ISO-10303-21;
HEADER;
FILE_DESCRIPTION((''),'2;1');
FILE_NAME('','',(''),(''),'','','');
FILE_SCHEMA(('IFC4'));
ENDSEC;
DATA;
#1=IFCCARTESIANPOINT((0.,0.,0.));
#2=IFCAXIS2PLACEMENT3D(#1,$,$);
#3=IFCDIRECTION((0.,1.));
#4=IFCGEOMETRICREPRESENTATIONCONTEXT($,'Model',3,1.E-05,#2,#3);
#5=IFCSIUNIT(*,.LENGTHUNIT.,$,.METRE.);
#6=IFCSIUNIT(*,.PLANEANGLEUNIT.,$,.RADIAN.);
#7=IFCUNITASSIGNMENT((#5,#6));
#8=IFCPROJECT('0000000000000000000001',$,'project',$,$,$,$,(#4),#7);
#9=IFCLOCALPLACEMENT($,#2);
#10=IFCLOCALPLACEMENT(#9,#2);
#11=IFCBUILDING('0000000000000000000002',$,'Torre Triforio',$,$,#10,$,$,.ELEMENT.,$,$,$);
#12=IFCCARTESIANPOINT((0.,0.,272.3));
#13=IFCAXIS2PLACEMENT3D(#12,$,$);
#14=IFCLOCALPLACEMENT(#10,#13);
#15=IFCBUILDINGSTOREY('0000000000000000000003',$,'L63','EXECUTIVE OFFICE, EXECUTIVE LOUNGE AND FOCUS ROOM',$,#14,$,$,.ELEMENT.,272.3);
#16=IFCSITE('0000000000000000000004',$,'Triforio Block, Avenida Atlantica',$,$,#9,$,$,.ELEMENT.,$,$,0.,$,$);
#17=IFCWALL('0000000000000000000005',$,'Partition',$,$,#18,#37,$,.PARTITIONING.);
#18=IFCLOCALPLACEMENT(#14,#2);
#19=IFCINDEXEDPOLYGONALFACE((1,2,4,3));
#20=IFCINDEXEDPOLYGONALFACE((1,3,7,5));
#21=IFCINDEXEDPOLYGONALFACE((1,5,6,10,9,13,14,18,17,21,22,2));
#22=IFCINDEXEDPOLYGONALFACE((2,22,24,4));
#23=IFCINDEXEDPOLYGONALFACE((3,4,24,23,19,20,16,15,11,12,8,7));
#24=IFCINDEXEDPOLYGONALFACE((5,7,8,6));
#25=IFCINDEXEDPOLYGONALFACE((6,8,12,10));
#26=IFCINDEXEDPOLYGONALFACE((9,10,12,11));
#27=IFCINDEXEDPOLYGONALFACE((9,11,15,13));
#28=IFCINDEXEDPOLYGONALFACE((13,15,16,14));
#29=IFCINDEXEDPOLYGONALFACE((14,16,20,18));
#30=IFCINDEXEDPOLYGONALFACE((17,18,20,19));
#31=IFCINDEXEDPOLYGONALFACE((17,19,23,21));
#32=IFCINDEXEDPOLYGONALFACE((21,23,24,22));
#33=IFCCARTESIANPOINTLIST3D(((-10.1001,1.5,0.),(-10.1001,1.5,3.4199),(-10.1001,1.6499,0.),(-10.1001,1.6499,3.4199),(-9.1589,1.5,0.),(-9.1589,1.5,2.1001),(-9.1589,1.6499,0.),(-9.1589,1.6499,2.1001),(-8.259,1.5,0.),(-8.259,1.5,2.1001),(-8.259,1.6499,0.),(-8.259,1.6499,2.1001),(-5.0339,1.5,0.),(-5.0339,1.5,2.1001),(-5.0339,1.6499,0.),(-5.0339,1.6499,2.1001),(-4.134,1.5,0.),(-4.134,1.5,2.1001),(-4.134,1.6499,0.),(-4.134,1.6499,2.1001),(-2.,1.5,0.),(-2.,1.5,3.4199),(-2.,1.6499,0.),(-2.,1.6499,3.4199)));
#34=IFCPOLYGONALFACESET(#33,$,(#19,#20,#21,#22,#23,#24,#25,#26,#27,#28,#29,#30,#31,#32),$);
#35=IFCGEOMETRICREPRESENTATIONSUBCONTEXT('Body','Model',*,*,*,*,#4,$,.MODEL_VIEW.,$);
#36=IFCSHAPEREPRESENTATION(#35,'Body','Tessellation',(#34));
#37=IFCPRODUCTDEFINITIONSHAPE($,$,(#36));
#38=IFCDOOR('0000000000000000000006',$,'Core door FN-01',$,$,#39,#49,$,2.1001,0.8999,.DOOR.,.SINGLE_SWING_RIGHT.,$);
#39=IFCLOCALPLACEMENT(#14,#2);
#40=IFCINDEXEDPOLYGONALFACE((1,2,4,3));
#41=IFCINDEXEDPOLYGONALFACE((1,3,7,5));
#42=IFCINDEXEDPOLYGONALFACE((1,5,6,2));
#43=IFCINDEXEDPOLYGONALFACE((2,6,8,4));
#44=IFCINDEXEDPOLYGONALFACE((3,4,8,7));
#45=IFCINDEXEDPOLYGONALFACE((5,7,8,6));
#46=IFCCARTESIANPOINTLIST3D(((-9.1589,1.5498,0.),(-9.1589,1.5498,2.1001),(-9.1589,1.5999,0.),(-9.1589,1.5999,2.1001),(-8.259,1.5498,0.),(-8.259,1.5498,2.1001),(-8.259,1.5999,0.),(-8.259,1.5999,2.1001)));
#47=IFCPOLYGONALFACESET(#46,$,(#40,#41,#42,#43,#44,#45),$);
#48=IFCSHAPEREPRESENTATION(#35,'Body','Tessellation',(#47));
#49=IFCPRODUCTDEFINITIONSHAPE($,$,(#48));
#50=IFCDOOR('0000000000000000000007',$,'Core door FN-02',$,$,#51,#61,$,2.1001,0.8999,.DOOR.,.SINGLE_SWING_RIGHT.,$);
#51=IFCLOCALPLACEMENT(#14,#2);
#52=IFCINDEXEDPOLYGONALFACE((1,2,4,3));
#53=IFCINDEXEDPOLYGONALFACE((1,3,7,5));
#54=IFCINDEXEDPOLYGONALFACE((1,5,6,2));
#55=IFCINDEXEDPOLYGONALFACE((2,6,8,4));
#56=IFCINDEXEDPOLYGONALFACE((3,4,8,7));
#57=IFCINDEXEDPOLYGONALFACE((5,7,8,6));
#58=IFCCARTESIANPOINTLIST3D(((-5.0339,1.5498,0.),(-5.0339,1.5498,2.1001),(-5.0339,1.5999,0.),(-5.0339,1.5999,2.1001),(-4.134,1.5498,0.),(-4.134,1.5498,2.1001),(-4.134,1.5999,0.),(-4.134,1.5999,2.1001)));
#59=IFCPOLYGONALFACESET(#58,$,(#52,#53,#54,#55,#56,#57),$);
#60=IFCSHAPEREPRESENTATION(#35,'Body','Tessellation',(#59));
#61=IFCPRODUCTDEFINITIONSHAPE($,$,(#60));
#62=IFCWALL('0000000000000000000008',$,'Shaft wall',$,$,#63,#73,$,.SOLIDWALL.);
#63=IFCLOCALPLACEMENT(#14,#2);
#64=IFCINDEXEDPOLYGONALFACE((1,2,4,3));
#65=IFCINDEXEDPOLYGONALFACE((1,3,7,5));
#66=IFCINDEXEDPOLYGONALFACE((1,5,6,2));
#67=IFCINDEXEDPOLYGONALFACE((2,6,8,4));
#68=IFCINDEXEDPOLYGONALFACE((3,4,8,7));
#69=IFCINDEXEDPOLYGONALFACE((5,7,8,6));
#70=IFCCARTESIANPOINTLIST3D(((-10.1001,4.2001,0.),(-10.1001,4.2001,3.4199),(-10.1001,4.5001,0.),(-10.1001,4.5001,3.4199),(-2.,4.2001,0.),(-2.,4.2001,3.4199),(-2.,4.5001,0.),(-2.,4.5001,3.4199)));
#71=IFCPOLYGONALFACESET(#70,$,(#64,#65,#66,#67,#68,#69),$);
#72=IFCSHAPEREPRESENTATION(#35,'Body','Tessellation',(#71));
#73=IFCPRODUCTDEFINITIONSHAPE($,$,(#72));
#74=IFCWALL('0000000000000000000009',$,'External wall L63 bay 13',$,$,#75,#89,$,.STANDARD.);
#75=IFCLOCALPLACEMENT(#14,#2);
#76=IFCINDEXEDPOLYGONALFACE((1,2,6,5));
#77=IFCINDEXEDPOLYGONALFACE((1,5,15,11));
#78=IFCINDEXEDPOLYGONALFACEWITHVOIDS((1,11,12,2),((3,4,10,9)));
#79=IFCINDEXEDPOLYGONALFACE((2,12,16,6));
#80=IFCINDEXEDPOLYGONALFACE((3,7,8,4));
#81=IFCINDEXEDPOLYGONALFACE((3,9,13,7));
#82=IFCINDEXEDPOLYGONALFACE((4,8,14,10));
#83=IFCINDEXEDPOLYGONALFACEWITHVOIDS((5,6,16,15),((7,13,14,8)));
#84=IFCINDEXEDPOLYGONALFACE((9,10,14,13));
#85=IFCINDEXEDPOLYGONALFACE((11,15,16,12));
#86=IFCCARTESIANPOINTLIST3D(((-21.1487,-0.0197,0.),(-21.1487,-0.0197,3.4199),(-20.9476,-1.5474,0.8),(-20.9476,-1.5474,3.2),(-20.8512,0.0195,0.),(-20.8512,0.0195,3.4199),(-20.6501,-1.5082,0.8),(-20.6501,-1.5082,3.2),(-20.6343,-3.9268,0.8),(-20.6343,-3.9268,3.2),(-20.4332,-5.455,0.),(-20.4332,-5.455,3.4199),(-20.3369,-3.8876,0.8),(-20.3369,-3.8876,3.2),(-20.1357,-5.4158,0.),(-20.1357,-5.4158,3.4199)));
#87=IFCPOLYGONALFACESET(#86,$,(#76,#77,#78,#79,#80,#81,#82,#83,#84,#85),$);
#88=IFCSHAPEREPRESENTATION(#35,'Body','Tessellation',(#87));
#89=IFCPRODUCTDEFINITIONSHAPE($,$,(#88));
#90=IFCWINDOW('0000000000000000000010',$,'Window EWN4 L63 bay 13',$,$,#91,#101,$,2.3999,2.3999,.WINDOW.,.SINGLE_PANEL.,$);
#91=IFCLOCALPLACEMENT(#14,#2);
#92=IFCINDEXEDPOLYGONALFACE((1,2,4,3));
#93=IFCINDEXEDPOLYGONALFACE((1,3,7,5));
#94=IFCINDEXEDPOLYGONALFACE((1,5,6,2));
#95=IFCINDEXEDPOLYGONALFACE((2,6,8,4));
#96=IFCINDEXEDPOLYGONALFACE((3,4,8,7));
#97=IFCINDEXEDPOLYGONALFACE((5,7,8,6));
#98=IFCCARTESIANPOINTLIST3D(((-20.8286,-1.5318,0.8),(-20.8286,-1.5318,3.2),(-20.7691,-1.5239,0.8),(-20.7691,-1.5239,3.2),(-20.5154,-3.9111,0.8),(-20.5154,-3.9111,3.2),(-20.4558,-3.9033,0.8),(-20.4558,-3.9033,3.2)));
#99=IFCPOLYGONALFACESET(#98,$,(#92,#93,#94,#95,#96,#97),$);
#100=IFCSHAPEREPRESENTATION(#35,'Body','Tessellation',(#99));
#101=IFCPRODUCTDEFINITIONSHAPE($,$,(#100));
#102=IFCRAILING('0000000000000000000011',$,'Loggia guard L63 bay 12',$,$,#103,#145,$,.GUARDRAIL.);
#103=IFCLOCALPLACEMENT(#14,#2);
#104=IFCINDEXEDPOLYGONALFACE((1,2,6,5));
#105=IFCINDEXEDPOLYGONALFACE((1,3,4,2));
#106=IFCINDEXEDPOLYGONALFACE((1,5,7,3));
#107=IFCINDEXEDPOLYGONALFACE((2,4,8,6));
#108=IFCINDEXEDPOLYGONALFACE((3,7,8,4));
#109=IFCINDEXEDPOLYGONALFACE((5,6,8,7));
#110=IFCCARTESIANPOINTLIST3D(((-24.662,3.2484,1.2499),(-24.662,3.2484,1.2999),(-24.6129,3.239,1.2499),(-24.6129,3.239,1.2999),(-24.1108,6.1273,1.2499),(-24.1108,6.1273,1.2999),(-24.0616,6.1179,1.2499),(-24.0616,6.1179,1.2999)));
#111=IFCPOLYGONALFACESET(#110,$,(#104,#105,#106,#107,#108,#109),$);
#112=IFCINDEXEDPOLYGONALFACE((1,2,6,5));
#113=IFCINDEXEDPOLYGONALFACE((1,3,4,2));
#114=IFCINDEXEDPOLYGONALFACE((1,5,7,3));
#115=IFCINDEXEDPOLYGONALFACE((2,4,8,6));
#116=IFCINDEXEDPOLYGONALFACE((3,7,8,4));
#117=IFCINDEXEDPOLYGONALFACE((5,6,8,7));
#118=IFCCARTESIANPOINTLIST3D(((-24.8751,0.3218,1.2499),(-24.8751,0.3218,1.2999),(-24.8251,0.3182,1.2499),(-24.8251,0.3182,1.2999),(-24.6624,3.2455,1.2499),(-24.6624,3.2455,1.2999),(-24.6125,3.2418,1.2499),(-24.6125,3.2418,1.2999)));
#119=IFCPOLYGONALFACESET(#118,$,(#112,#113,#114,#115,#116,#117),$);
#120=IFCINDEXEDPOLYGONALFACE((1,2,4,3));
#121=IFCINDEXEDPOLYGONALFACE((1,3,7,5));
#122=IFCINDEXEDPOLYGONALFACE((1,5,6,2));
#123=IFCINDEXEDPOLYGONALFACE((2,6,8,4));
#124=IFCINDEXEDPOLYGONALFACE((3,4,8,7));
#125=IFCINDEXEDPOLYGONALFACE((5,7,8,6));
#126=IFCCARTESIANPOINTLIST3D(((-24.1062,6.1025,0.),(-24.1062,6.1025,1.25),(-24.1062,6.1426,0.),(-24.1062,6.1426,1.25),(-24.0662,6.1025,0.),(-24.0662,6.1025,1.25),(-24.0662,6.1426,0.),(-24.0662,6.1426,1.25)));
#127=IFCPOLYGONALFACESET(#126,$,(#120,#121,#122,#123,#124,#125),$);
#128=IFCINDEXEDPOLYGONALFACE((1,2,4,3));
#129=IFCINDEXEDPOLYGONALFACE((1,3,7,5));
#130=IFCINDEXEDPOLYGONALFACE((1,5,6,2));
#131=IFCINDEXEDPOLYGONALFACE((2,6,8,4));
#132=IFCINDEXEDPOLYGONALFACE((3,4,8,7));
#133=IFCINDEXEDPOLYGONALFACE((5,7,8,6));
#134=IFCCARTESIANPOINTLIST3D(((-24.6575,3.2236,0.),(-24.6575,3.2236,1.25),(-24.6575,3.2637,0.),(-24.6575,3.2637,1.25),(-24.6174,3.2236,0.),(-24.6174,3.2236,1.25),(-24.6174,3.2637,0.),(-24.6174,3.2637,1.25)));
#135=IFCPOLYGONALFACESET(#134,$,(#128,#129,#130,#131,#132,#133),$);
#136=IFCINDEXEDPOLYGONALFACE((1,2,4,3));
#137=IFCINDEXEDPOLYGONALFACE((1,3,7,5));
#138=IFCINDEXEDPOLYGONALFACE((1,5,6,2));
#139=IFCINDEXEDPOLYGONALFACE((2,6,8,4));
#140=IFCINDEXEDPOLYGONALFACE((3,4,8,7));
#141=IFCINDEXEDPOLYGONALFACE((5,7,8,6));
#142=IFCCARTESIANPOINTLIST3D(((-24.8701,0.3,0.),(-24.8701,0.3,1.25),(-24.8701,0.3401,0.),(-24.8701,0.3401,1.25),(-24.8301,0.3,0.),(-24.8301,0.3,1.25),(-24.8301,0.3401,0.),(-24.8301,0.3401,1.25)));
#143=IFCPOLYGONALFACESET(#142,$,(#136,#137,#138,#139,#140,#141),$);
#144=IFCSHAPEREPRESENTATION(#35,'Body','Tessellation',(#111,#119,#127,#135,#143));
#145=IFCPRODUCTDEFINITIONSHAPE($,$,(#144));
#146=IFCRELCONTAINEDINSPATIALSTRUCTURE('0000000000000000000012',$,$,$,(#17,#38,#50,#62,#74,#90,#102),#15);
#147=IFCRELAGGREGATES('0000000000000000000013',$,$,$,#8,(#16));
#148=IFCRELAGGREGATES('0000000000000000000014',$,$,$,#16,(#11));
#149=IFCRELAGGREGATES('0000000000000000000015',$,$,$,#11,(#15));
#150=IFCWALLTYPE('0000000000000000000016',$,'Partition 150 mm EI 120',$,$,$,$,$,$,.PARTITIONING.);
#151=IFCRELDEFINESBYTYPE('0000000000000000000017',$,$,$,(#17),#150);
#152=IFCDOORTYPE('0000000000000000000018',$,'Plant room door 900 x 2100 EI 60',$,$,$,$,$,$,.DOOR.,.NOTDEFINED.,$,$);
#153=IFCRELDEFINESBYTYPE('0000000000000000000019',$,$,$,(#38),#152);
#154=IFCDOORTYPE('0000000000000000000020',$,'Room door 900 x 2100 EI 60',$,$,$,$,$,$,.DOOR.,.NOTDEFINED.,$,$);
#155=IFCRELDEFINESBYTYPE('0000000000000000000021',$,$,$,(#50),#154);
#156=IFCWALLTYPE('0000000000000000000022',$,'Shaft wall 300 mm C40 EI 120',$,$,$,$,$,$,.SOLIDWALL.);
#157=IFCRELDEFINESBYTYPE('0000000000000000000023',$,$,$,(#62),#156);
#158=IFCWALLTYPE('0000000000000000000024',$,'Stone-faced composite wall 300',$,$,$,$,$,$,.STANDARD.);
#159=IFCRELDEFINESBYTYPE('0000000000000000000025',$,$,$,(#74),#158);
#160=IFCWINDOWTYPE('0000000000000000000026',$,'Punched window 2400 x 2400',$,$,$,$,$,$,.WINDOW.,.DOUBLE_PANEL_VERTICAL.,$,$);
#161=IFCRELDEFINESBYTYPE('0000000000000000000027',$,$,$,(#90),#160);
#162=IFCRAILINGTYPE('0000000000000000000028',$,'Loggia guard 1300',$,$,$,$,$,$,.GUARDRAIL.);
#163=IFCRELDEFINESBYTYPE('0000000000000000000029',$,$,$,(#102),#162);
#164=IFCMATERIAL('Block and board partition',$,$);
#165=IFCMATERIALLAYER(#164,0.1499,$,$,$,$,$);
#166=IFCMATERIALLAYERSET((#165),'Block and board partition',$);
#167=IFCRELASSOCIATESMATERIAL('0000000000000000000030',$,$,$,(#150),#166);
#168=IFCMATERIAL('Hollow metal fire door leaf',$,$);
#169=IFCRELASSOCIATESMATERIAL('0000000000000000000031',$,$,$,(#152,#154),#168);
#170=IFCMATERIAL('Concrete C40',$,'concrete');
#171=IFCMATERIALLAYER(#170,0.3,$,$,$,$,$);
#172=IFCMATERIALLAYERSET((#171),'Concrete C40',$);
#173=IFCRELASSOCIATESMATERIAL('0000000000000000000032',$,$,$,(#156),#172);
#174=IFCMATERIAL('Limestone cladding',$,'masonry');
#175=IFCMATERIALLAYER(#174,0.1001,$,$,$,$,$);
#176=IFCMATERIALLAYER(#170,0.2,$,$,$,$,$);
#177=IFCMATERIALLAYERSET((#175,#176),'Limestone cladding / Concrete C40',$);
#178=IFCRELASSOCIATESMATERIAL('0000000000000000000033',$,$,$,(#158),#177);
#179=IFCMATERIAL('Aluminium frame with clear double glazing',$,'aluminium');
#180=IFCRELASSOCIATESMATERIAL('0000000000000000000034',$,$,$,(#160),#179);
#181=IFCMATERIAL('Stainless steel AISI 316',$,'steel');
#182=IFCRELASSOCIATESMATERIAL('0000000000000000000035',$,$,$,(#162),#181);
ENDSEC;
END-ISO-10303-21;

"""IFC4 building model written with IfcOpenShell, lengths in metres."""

from ifc_helpers import new_model, si_unit, direction, frame, frame_2d, origin, origin_2d, place, context, subcontext, project, spatial, rectangle, extrude, material, layer, layer_set, type_object, element, fill, save


model = new_model("IFC4")

# Units and contexts
model_context = context("Model", 3, precision=1e-05, world=origin(), true_north=direction((0.0, 1.0)))
body_context = subcontext(model_context, "Body", "Model", "MODEL_VIEW")
ifc_project = project(units=[si_unit("LENGTHUNIT", "METRE"), si_unit("PLANEANGLEUNIT", "RADIAN")], contexts=[model_context])

# Site, building, storey
site_placement = place(None, origin())
site = spatial("IfcSite", under=ifc_project, at=site_placement, Name="Triforio Block, Avenida Atlantica", CompositionType="ELEMENT", RefElevation=0.0)
building_placement = place(site_placement, origin())
building = spatial("IfcBuilding", under=site, at=building_placement, Name="Torre Triforio", CompositionType="ELEMENT")
storey_placement = place(building_placement, frame((0.0, 0.0, 272.3)))
storey = spatial("IfcBuildingStorey", under=building, at=storey_placement, Name="L63", Description="EXECUTIVE OFFICE, EXECUTIVE LOUNGE AND FOCUS ROOM", CompositionType="ELEMENT", Elevation=272.3)

# Shared definitions
ifc_material_1 = material(Name="Concrete C40", Category="concrete")

# Shared definitions
ifc_material_2 = material(Name="Hollow metal fire door leaf")

# Wall, openings, doors
ifc_material_3 = material(Name="Block and board partition")
ifc_layer_1 = layer(ifc_material_3, 0.1499)
ifc_layer_set_1 = layer_set([ifc_layer_1], Name="Block and board partition")
wall_type_1 = type_object("IfcWallType", Name="Partition 150 mm EI 120", PredefinedType="PARTITIONING", material=ifc_layer_set_1)
wall_1_placement = place(storey_placement, frame((-10.1001, 1.575, 0.0), z_axis=(0.0, 0.0, 1.0), x_axis=(1.0, 0.0, 0.0)))
wall_1 = element("IfcWall", 1, at=wall_1_placement, inside=storey, type_object=wall_type_1, Name="Partition", PredefinedType="PARTITIONING", context=body_context, shape_type="SweptSolid", body=[
    extrude(rectangle(XDim=8.1001, YDim=0.1499, at=frame_2d((4.05, 0.0))), origin(), (0.0, 0.0, 1.0), 3.4199),
])
opening_1_placement = place(wall_1_placement, frame((0.9412, 0.0, 0.0)))
opening_1 = element("IfcOpeningElement", 2, at=opening_1_placement, cuts=wall_1, PredefinedType="OPENING", context=body_context, shape_type="SweptSolid", body=[
    extrude(rectangle(XDim=0.8999, YDim=2.1001, at=frame_2d((0.45, 1.05))), frame((0.0, 0.085, 0.0), z_axis=(0.0, -1.0, 0.0), x_axis=(1.0, 0.0, 0.0)), (0.0, 0.0, 1.0), 0.1699),
])
opening_2_placement = place(wall_1_placement, frame((5.0662, 0.0, 0.0)))
opening_2 = element("IfcOpeningElement", 3, at=opening_2_placement, cuts=wall_1, PredefinedType="OPENING", context=body_context, shape_type="SweptSolid", body=[
    extrude(rectangle(XDim=0.8999, YDim=2.1001, at=frame_2d((0.45, 1.05))), frame((0.0, 0.085, 0.0), z_axis=(0.0, -1.0, 0.0), x_axis=(1.0, 0.0, 0.0)), (0.0, 0.0, 1.0), 0.1699),
])
door_type_1 = type_object("IfcDoorType", Name="Plant room door 900 x 2100 EI 60", OperationType="NOTDEFINED", PredefinedType="DOOR", material=ifc_material_2)
door_1_placement = place(opening_1_placement, origin())
door_1 = element("IfcDoor", 4, at=door_1_placement, inside=storey, type_object=door_type_1, Name="Core door FN-01", OperationType="SINGLE_SWING_RIGHT", OverallHeight=2.1001, OverallWidth=0.8999, PredefinedType="DOOR", context=body_context, shape_type="SweptSolid", body=[
    extrude(rectangle(XDim=0.8999, YDim=2.1001, at=frame_2d((0.45, 1.05))), frame((0.0, 0.0249, 0.0), z_axis=(0.0, -1.0, 0.0), x_axis=(1.0, 0.0, 0.0)), (0.0, 0.0, 1.0), 0.05),
])
fill(opening_1, door_1)
door_type_2 = type_object("IfcDoorType", Name="Room door 900 x 2100 EI 60", OperationType="NOTDEFINED", PredefinedType="DOOR", material=ifc_material_2)
door_2_placement = place(opening_2_placement, origin())
door_2 = element("IfcDoor", 5, at=door_2_placement, inside=storey, type_object=door_type_2, Name="Core door FN-02", OperationType="SINGLE_SWING_RIGHT", OverallHeight=2.1001, OverallWidth=0.8999, PredefinedType="DOOR", context=body_context, shape_type="SweptSolid", body=[
    extrude(rectangle(XDim=0.8999, YDim=2.1001, at=frame_2d((0.45, 1.05))), frame((0.0, 0.0249, 0.0), z_axis=(0.0, -1.0, 0.0), x_axis=(1.0, 0.0, 0.0)), (0.0, 0.0, 1.0), 0.05),
])
fill(opening_2, door_2)

# Wall
ifc_layer_2 = layer(ifc_material_1, 0.3)
ifc_layer_set_2 = layer_set([ifc_layer_2], Name="Concrete C40")
wall_type_2 = type_object("IfcWallType", Name="Shaft wall 300 mm C40 EI 120", PredefinedType="SOLIDWALL", material=ifc_layer_set_2)
wall_2_placement = place(storey_placement, frame((-10.1001, 4.3501, 0.0), z_axis=(0.0, 0.0, 1.0), x_axis=(1.0, 0.0, 0.0)))
element("IfcWall", 6, at=wall_2_placement, inside=storey, type_object=wall_type_2, Name="Shaft wall", PredefinedType="SOLIDWALL", context=body_context, shape_type="SweptSolid", body=[
    extrude(rectangle(XDim=8.1001, YDim=0.3, at=frame_2d((4.05, 0.0))), origin(), (0.0, 0.0, 1.0), 3.4199),
])

# Shared definitions
ifc_material_4 = material(Name="Limestone cladding", Category="masonry")
ifc_layer_3 = layer(ifc_material_4, 0.1001)
ifc_layer_4 = layer(ifc_material_1, 0.2)
ifc_layer_set_3 = layer_set([ifc_layer_3, ifc_layer_4], Name="Limestone cladding / Concrete C40")
wall_type_3 = type_object("IfcWallType", Name="Stone-faced composite wall 300", PredefinedType="STANDARD", material=ifc_layer_set_3)
ifc_material_5 = material(Name="Aluminium frame with clear double glazing", Category="aluminium")

# Wall, opening, window
wall_3_placement = place(storey_placement, frame((-21.0, 0.0, 0.0), z_axis=(0.0, 0.0, 1.0), x_axis=(0.130527, -0.991445, 0.0)))
wall_3 = element("IfcWall", 7, at=wall_3_placement, inside=storey, type_object=wall_type_3, Name="External wall L63 bay 13", PredefinedType="STANDARD", context=body_context, shape_type="SweptSolid", body=[
    extrude(rectangle(XDim=5.4822, YDim=0.3, at=frame_2d((2.7412, 0.0))), origin(), (0.0, 0.0, 1.0), 3.4199),
])
opening_3_placement = place(wall_3_placement, frame((1.541, 0.0, 0.8)))
opening_3 = element("IfcOpeningElement", 8, at=opening_3_placement, cuts=wall_3, PredefinedType="OPENING", context=body_context, shape_type="SweptSolid", body=[
    extrude(rectangle(XDim=2.3999, YDim=2.3999, at=frame_2d((1.2, 1.2))), frame((0.0, 0.1599, 0.0), z_axis=(0.0, -1.0, 0.0), x_axis=(1.0, 0.0, 0.0)), (0.0, 0.0, 1.0), 0.3201),
])
window_type_1 = type_object("IfcWindowType", Name="Punched window 2400 x 2400", PartitioningType="DOUBLE_PANEL_VERTICAL", PredefinedType="WINDOW", material=ifc_material_5)
window_1_placement = place(opening_3_placement, origin())
window_1 = element("IfcWindow", 9, at=window_1_placement, inside=storey, type_object=window_type_1, Name="Window EWN4 L63 bay 13", OverallHeight=2.3999, OverallWidth=2.3999, PartitioningType="SINGLE_PANEL", PredefinedType="WINDOW", context=body_context, shape_type="SweptSolid", body=[
    extrude(rectangle(XDim=2.3999, YDim=2.3999, at=frame_2d((1.2, 1.2))), frame((0.0, 0.03, 0.0), z_axis=(0.0, -1.0, 0.0), x_axis=(1.0, 0.0, 0.0)), (0.0, 0.0, 1.0), 0.0601),
])
fill(opening_3, window_1)

# Railing
ifc_material_6 = material(Name="Stainless steel AISI 316", Category="steel")
railing_type = type_object("IfcRailingType", Name="Loggia guard 1300", PredefinedType="GUARDRAIL", material=ifc_material_6)
railing_placement = place(storey_placement, frame((-24.0862, 6.1226, 0.0)))
element("IfcRailing", 10, at=railing_placement, inside=storey, type_object=railing_type, Name="Loggia guard L63 bay 12", PredefinedType="GUARDRAIL", context=body_context, shape_type="SweptSolid", body=[
    extrude(rectangle(XDim=0.05, YDim=0.05, at=origin_2d()), frame((0.0, 0.0, 1.2749), z_axis=(-0.188069, -0.982156, 0.0), x_axis=(0.982156, -0.188069, 0.0)), (0.0, 0.0, 1.0), 2.9312),
    extrude(rectangle(XDim=0.05, YDim=0.05, at=origin_2d()), frame((-0.5513, -2.8789, 1.2749), z_axis=(-0.072543, -0.997365, 0.0), x_axis=(0.997365, -0.072543, 0.0)), (0.0, 0.0, 1.0), 2.9314),
    extrude(rectangle(XDim=0.04, YDim=0.04, at=origin_2d()), origin(), (0.0, 0.0, 1.0), 1.25),
    extrude(rectangle(XDim=0.04, YDim=0.04, at=origin_2d()), frame((-0.5513, -2.8789, 0.0)), (0.0, 0.0, 1.0), 1.25),
    extrude(rectangle(XDim=0.04, YDim=0.04, at=origin_2d()), frame((-0.7639, -5.8025, 0.0)), (0.0, 0.0, 1.0), 1.25),
])

save(model, "model.ifc")
